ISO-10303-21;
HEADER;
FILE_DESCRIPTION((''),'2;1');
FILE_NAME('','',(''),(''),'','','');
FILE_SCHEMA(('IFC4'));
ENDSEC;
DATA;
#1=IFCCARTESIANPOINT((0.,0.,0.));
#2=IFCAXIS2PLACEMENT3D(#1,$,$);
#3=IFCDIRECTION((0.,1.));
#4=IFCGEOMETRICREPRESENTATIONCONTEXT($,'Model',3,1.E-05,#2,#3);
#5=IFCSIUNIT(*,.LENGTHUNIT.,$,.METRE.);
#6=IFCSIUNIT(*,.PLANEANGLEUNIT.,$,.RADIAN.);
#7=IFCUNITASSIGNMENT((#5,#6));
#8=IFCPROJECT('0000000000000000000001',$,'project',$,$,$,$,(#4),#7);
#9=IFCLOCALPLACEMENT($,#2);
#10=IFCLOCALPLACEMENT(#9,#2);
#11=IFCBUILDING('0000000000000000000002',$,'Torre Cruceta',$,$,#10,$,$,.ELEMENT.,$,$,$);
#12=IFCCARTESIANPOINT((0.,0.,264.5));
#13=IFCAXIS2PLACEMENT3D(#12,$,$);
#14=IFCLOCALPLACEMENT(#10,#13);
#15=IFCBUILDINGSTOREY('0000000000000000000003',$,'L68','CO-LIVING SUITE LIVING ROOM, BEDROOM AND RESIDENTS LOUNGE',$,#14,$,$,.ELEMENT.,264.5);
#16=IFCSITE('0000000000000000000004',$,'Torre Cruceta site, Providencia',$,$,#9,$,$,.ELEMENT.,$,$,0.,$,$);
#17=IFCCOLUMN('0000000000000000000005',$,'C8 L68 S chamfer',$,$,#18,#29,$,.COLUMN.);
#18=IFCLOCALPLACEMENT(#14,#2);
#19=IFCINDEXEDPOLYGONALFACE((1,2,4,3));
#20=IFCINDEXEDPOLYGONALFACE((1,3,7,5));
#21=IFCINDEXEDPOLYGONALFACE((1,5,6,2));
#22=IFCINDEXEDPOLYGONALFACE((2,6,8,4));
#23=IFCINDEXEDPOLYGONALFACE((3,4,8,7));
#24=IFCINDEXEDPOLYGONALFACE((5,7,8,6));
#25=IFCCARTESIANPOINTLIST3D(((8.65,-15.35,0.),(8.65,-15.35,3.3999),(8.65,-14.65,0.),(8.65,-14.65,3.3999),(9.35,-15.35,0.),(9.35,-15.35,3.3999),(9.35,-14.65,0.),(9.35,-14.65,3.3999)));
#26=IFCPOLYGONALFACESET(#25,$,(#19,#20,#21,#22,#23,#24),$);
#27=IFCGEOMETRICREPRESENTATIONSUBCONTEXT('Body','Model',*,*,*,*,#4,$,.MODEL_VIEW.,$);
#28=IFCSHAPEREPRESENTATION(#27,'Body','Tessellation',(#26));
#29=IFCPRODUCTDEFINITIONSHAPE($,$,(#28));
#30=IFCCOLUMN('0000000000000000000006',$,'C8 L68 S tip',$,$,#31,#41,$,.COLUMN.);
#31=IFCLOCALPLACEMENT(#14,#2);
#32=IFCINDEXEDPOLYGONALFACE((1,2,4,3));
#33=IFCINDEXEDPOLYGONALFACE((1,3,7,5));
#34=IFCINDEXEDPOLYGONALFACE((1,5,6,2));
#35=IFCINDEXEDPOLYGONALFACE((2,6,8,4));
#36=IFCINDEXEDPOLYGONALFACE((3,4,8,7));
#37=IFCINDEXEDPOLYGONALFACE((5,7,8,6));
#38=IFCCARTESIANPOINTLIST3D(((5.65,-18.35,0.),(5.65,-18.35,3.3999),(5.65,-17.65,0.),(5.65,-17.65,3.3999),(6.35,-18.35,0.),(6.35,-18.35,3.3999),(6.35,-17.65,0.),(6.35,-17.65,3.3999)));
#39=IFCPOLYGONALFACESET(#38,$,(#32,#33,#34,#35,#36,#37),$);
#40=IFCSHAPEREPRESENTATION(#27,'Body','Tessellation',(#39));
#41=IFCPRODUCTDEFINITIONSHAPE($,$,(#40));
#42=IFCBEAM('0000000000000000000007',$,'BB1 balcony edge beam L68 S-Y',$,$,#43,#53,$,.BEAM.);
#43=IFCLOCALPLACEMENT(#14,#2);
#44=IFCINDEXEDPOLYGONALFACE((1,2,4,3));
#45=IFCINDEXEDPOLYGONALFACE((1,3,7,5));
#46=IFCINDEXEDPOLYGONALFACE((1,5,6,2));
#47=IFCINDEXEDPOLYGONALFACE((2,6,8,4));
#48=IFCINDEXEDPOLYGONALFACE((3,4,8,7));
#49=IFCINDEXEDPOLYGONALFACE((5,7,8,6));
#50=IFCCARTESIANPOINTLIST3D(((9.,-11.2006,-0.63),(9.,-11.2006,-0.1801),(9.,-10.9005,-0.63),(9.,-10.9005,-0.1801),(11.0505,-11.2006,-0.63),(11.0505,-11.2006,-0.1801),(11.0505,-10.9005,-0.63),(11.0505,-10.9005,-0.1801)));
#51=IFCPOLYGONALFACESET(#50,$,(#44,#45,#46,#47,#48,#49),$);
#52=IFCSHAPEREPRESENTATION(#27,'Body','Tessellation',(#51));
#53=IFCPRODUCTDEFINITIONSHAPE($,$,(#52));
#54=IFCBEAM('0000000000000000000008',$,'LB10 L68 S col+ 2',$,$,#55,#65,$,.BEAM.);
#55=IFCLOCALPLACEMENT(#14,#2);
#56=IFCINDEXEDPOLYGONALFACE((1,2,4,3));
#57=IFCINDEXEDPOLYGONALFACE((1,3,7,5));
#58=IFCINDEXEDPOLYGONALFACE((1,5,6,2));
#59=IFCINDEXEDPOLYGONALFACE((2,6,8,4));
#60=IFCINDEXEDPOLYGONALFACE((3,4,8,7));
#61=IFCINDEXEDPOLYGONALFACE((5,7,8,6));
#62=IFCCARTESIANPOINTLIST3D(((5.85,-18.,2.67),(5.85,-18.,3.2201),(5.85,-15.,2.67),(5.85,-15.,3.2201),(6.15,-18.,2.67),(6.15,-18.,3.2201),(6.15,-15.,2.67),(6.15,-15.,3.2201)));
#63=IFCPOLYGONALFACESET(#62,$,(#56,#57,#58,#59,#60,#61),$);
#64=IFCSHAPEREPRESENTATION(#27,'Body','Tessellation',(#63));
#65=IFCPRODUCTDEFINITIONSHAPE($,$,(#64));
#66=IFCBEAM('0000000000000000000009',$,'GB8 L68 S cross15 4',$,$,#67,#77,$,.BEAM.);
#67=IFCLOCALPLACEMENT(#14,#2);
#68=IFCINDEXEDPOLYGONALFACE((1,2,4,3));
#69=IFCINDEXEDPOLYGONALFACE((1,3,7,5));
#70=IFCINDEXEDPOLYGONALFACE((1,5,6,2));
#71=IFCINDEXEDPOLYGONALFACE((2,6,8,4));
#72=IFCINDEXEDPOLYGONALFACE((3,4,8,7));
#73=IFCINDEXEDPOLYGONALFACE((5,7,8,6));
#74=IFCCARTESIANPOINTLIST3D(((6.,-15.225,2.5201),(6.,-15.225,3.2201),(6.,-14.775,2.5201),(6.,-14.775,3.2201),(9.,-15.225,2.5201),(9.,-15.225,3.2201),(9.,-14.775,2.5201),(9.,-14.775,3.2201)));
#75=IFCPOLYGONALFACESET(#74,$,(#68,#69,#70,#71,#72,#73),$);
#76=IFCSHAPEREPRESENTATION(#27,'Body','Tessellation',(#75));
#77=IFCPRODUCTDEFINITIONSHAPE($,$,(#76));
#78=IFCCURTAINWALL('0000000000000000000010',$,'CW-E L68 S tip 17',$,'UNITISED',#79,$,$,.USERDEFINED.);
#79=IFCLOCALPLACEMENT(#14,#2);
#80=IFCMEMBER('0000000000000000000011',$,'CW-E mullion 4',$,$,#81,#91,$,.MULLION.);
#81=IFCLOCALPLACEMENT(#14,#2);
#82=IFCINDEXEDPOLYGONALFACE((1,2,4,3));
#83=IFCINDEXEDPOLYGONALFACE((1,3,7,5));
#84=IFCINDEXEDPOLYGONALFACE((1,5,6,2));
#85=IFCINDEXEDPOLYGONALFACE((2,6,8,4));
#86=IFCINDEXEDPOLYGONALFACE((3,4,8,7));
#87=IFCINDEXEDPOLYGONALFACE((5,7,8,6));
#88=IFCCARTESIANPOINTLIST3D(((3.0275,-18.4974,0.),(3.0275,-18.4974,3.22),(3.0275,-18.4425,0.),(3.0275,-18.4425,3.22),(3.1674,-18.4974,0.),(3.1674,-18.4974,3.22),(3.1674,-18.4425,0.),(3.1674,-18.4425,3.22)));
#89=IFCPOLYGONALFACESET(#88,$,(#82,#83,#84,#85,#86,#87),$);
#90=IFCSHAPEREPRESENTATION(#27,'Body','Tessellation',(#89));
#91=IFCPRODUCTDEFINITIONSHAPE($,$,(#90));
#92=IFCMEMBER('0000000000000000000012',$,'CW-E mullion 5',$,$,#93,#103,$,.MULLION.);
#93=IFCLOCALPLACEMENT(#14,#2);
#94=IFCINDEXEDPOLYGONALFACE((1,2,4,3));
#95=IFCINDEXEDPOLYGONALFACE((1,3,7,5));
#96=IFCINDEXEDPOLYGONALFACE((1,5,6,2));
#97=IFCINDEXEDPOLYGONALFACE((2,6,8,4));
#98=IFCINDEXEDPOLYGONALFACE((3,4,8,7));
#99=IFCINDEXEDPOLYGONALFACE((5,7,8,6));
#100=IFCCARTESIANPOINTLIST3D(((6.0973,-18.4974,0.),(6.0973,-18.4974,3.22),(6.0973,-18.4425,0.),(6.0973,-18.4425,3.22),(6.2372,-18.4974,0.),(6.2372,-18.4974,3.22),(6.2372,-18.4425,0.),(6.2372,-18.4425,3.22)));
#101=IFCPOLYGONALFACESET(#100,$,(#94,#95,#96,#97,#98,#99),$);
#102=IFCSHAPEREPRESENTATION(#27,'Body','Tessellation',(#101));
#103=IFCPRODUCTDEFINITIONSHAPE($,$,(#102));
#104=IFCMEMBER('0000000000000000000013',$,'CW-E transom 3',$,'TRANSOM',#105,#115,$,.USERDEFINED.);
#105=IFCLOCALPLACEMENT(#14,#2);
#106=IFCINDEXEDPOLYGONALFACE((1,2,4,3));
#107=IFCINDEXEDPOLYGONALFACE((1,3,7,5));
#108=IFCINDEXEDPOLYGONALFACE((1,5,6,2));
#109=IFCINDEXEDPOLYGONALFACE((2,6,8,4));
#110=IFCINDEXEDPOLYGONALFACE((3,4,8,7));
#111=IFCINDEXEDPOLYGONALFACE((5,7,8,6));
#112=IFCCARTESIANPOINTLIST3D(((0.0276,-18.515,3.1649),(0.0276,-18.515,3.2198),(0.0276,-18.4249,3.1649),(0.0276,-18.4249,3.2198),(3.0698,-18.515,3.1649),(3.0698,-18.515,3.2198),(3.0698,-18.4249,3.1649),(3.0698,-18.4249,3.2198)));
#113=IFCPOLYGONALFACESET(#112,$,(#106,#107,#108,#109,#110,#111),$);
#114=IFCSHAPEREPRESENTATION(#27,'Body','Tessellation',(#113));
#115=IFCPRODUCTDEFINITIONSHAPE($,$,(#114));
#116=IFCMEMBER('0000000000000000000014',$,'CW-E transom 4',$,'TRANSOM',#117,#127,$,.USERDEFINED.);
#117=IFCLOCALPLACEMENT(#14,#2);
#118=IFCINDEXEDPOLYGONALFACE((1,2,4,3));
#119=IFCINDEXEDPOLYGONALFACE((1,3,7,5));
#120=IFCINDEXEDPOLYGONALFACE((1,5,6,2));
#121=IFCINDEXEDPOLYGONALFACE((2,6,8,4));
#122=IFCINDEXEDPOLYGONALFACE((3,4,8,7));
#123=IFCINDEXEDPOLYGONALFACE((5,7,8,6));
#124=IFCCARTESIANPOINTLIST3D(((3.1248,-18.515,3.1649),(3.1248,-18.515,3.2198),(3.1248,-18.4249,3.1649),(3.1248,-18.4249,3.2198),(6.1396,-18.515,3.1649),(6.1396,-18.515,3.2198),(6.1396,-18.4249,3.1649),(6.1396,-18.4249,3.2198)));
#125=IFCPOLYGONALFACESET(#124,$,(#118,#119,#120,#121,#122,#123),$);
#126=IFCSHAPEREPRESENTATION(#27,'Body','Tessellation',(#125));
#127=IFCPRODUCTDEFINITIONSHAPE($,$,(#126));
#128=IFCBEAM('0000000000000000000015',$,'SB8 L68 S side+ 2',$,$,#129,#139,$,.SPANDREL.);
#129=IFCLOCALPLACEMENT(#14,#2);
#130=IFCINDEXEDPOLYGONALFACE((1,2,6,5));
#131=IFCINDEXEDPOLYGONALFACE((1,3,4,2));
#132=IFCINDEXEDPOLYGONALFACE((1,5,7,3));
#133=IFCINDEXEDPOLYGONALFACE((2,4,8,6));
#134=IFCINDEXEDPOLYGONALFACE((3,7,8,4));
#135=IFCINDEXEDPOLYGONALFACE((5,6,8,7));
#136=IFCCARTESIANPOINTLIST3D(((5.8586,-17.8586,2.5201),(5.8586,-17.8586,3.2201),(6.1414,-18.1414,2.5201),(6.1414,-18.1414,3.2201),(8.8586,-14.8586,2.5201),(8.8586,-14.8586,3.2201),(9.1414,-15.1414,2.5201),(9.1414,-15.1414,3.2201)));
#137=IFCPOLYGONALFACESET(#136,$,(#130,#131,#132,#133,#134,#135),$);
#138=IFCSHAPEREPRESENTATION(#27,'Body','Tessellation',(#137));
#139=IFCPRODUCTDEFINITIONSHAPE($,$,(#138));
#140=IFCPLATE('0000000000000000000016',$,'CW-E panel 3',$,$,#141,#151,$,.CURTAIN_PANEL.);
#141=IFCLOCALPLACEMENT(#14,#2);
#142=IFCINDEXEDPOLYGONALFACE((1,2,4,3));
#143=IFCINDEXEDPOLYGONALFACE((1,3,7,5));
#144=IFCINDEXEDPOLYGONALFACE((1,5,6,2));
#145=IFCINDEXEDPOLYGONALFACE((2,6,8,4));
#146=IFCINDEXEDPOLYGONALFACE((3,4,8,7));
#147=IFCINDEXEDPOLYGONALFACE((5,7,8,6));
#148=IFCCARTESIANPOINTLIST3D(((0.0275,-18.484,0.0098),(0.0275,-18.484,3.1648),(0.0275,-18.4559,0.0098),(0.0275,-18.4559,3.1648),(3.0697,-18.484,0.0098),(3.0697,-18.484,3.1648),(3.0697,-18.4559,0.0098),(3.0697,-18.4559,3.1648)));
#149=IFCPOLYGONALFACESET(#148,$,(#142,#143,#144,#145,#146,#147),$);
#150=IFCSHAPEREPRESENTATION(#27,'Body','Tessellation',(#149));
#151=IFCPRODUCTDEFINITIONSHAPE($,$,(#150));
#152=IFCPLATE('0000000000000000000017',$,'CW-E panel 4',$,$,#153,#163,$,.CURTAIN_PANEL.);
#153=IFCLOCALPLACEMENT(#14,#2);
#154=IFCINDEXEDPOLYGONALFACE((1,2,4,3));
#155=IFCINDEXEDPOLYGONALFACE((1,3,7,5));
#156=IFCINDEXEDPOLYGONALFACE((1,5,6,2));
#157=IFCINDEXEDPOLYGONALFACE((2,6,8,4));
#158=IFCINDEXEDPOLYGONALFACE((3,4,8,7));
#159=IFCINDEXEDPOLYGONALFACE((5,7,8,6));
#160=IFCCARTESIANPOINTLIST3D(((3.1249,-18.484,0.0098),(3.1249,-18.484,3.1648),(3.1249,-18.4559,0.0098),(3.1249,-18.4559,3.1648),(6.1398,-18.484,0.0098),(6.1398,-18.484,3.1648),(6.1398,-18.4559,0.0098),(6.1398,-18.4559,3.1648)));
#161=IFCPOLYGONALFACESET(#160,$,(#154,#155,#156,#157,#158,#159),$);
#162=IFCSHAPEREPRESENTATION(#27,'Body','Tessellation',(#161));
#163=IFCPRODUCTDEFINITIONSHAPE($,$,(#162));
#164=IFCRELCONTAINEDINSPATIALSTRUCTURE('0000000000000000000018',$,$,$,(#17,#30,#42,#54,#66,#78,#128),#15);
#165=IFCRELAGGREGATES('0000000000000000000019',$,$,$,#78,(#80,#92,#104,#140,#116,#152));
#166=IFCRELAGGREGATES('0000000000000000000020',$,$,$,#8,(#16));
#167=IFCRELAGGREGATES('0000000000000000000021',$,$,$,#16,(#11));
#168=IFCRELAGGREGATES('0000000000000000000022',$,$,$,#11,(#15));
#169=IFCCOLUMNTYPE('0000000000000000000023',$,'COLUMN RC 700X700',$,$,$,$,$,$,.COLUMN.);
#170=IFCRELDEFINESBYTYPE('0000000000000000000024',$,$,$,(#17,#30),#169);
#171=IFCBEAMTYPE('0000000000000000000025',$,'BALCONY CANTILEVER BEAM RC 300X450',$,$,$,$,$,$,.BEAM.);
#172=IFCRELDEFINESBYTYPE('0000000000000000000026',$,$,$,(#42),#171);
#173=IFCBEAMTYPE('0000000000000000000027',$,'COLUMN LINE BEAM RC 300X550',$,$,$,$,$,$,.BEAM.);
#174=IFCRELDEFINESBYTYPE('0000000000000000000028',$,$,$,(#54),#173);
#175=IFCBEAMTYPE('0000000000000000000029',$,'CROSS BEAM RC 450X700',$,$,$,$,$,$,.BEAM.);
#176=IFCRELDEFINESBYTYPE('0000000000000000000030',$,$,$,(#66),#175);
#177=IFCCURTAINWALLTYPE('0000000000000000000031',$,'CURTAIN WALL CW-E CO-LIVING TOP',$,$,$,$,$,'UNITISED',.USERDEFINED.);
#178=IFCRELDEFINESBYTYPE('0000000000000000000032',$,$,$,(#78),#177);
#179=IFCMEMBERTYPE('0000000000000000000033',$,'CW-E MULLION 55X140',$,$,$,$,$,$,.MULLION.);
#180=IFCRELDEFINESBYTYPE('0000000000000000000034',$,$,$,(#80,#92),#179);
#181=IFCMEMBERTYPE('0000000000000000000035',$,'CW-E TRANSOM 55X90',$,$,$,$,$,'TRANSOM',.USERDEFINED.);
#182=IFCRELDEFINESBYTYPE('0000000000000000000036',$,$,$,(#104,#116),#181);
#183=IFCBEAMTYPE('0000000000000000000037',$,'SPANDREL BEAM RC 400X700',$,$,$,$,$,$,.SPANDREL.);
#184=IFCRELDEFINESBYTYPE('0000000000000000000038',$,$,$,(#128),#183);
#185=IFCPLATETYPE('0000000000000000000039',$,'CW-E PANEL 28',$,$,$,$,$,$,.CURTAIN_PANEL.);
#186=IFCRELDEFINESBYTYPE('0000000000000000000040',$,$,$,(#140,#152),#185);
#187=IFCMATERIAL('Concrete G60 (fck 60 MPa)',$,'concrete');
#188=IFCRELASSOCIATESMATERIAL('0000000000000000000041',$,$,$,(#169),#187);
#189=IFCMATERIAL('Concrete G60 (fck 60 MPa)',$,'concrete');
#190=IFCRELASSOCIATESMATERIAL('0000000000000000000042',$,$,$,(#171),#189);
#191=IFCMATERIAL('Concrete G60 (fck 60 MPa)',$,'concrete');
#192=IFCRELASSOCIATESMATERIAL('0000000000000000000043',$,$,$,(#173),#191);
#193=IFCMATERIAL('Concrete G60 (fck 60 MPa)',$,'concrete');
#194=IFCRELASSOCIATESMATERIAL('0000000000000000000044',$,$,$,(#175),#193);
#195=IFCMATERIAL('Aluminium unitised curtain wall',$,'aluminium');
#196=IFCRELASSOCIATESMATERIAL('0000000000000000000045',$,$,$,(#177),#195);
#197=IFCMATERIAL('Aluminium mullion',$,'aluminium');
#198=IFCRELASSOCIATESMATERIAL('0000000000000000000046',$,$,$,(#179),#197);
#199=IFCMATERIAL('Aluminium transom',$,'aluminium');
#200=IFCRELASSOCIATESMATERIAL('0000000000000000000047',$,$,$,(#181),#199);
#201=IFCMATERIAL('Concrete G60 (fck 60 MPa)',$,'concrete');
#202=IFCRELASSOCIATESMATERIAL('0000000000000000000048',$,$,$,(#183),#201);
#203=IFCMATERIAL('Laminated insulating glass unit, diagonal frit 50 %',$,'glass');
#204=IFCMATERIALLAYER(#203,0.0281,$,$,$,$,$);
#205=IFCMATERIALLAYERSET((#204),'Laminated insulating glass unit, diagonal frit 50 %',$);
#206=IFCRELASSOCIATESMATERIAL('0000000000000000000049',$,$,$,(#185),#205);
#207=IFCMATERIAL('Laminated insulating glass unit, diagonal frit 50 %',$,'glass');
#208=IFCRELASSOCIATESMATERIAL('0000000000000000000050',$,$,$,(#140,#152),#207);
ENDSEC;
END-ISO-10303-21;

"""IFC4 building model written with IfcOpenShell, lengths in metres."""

from ifc_helpers import new_model, si_unit, direction, frame, origin, origin_2d, place, context, subcontext, project, spatial, rectangle, extrude, material, layer, layer_set, material_profile, profile_set, type_object, element, aggregate, save


model = new_model("IFC4")

# Units and contexts
model_context = context("Model", 3, precision=1e-05, world=origin(), true_north=direction((0.0, 1.0)))
body_context = subcontext(model_context, "Body", "Model", "MODEL_VIEW")
ifc_project = project(units=[si_unit("LENGTHUNIT", "METRE"), si_unit("PLANEANGLEUNIT", "RADIAN")], contexts=[model_context])

# Site, building, storey
site_placement = place(None, origin())
site = spatial("IfcSite", under=ifc_project, at=site_placement, Name="Torre Cruceta site, Providencia", CompositionType="ELEMENT", RefElevation=0.0)
building_placement = place(site_placement, origin())
building = spatial("IfcBuilding", under=site, at=building_placement, Name="Torre Cruceta", CompositionType="ELEMENT")
storey_placement = place(building_placement, frame((0.0, 0.0, 264.5)))
storey = spatial("IfcBuildingStorey", under=building, at=storey_placement, Name="L68", Description="CO-LIVING SUITE LIVING ROOM, BEDROOM AND RESIDENTS LOUNGE", CompositionType="ELEMENT", Elevation=264.5)

# Columns
ifc_material_1 = material(Name="Concrete G60 (fck 60 MPa)", Category="concrete")
ifc_material_profile_1 = material_profile(ifc_material_1, rectangle(XDim=0.7, YDim=0.7, at=origin_2d()), Name="RC 700X700")
ifc_profile_set_1 = profile_set([ifc_material_profile_1], Name="Concrete G60 (fck 60 MPa)")
column_type = type_object("IfcColumnType", Name="COLUMN RC 700X700", PredefinedType="COLUMN", material=ifc_profile_set_1)
for number, where, z_axis, x_axis, name in (
    (1, (9.0, -15.0, 0.0), (0.0, 0.0, 1.0), (1.0, 0.0, 0.0), "C8 L68 S chamfer"),
    (2, (6.0, -18.0, 0.0), (0.0, 0.0, 1.0), (1.0, 0.0, 0.0), "C8 L68 S tip"),
):
    element("IfcColumn", number, at=place(storey_placement, frame(where, z_axis=z_axis, x_axis=x_axis)), inside=storey, type_object=column_type, Name=name, PredefinedType="COLUMN", context=body_context, shape_type="SweptSolid", body=[
        extrude(rectangle(XDim=0.7, YDim=0.7, at=origin_2d()), origin(), (0.0, 0.0, 1.0), 3.3999),
    ])

# Beams
ifc_material_2 = material(Name="Concrete G60 (fck 60 MPa)", Category="concrete")
ifc_material_profile_2 = material_profile(ifc_material_2, rectangle(XDim=0.3, YDim=0.45, at=origin_2d()), Name="RC 300X450")
ifc_profile_set_2 = profile_set([ifc_material_profile_2], Name="Concrete G60 (fck 60 MPa)")
beam_type_1 = type_object("IfcBeamType", Name="BALCONY CANTILEVER BEAM RC 300X450", PredefinedType="BEAM", material=ifc_profile_set_2)
beam_1_placement = place(storey_placement, frame((9.0, -11.0505, -0.405), z_axis=(1.0, 0.0, 0.0), x_axis=(0.0, 1.0, 0.0)))
element("IfcBeam", 3, at=beam_1_placement, inside=storey, type_object=beam_type_1, Name="BB1 balcony edge beam L68 S-Y", PredefinedType="BEAM", context=body_context, shape_type="SweptSolid", body=[
    extrude(rectangle(XDim=0.3, YDim=0.45, at=origin_2d()), origin(), (0.0, 0.0, 1.0), 2.0505),
])
ifc_material_3 = material(Name="Concrete G60 (fck 60 MPa)", Category="concrete")
ifc_material_profile_3 = material_profile(ifc_material_3, rectangle(XDim=0.3, YDim=0.55, at=origin_2d()), Name="RC 300X550")
ifc_profile_set_3 = profile_set([ifc_material_profile_3], Name="Concrete G60 (fck 60 MPa)")
beam_type_2 = type_object("IfcBeamType", Name="COLUMN LINE BEAM RC 300X550", PredefinedType="BEAM", material=ifc_profile_set_3)
beam_2_placement = place(storey_placement, frame((6.0, -15.0, 2.9451), z_axis=(0.0, -1.0, 0.0), x_axis=(1.0, 0.0, 0.0)))
element("IfcBeam", 4, at=beam_2_placement, inside=storey, type_object=beam_type_2, Name="LB10 L68 S col+ 2", PredefinedType="BEAM", context=body_context, shape_type="SweptSolid", body=[
    extrude(rectangle(XDim=0.3, YDim=0.55, at=origin_2d()), origin(), (0.0, 0.0, 1.0), 3.0),
])
ifc_material_4 = material(Name="Concrete G60 (fck 60 MPa)", Category="concrete")
ifc_material_profile_4 = material_profile(ifc_material_4, rectangle(XDim=0.45, YDim=0.7, at=origin_2d()), Name="RC 450X700")
ifc_profile_set_4 = profile_set([ifc_material_profile_4], Name="Concrete G60 (fck 60 MPa)")
beam_type_3 = type_object("IfcBeamType", Name="CROSS BEAM RC 450X700", PredefinedType="BEAM", material=ifc_profile_set_4)
beam_3_placement = place(storey_placement, frame((6.0, -15.0, 2.8701), z_axis=(1.0, 0.0, 0.0), x_axis=(0.0, 1.0, 0.0)))
element("IfcBeam", 5, at=beam_3_placement, inside=storey, type_object=beam_type_3, Name="GB8 L68 S cross15 4", PredefinedType="BEAM", context=body_context, shape_type="SweptSolid", body=[
    extrude(rectangle(XDim=0.45, YDim=0.7, at=origin_2d()), origin(), (0.0, 0.0, 1.0), 3.0),
])

# Curtain wall, members
ifc_material_5 = material(Name="Aluminium unitised curtain wall", Category="aluminium")
curtain_wall_type = type_object("IfcCurtainWallType", Name="CURTAIN WALL CW-E CO-LIVING TOP", ElementType="UNITISED", PredefinedType="USERDEFINED", material=ifc_material_5)
curtain_wall_placement = place(storey_placement, origin())
curtain_wall = element("IfcCurtainWall", 6, at=curtain_wall_placement, inside=storey, type_object=curtain_wall_type, Name="CW-E L68 S tip 17", ObjectType="UNITISED", PredefinedType="USERDEFINED")
ifc_material_6 = material(Name="Aluminium mullion", Category="aluminium")
ifc_material_profile_5 = material_profile(ifc_material_6, rectangle(XDim=0.0549, YDim=0.1399, at=origin_2d()), Name="AL 55X140")
ifc_profile_set_5 = profile_set([ifc_material_profile_5], Name="Aluminium mullion")
member_type_1 = type_object("IfcMemberType", Name="CW-E MULLION 55X140", PredefinedType="MULLION", material=ifc_profile_set_5)
member_1_placement = place(storey_placement, frame((3.0974, -18.47, 0.0), z_axis=(0.0, 0.0, 1.0), x_axis=(0.0, 1.0, 0.0)))
member_1 = element("IfcMember", 7, at=member_1_placement, type_object=member_type_1, Name="CW-E mullion 4", PredefinedType="MULLION", context=body_context, shape_type="SweptSolid", body=[
    extrude(rectangle(XDim=0.0549, YDim=0.1399, at=origin_2d()), origin(), (0.0, 0.0, 1.0), 3.22),
])
member_2_placement = place(storey_placement, frame((6.1672, -18.47, 0.0), z_axis=(0.0, 0.0, 1.0), x_axis=(0.0, 1.0, 0.0)))
member_2 = element("IfcMember", 8, at=member_2_placement, type_object=member_type_1, Name="CW-E mullion 5", PredefinedType="MULLION", context=body_context, shape_type="SweptSolid", body=[
    extrude(rectangle(XDim=0.0549, YDim=0.1399, at=origin_2d()), origin(), (0.0, 0.0, 1.0), 3.22),
])
ifc_material_7 = material(Name="Aluminium transom", Category="aluminium")
ifc_material_profile_6 = material_profile(ifc_material_7, rectangle(XDim=0.0901, YDim=0.0549, at=origin_2d()), Name="AL 90X55")
ifc_profile_set_6 = profile_set([ifc_material_profile_6], Name="Aluminium transom")
member_type_2 = type_object("IfcMemberType", Name="CW-E TRANSOM 55X90", ElementType="TRANSOM", PredefinedType="USERDEFINED", material=ifc_profile_set_6)
member_3_placement = place(storey_placement, frame((0.0276, -18.47, 3.1924), z_axis=(1.0, 0.0, 0.0), x_axis=(0.0, 1.0, 0.0)))
member_3 = element("IfcMember", 9, at=member_3_placement, type_object=member_type_2, Name="CW-E transom 3", ObjectType="TRANSOM", PredefinedType="USERDEFINED", context=body_context, shape_type="SweptSolid", body=[
    extrude(rectangle(XDim=0.0901, YDim=0.0549, at=origin_2d()), origin(), (0.0, 0.0, 1.0), 3.0422),
])
member_4_placement = place(storey_placement, frame((3.1248, -18.47, 3.1924), z_axis=(1.0, 0.0, 0.0), x_axis=(0.0, 1.0, 0.0)))
member_4 = element("IfcMember", 10, at=member_4_placement, type_object=member_type_2, Name="CW-E transom 4", ObjectType="TRANSOM", PredefinedType="USERDEFINED", context=body_context, shape_type="SweptSolid", body=[
    extrude(rectangle(XDim=0.0901, YDim=0.0549, at=origin_2d()), origin(), (0.0, 0.0, 1.0), 3.0149),
])

# Beam
ifc_material_8 = material(Name="Concrete G60 (fck 60 MPa)", Category="concrete")
ifc_material_profile_7 = material_profile(ifc_material_8, rectangle(XDim=0.3999, YDim=0.7, at=origin_2d()), Name="RC 400X700")
ifc_profile_set_7 = profile_set([ifc_material_profile_7], Name="Concrete G60 (fck 60 MPa)")
beam_type_4 = type_object("IfcBeamType", Name="SPANDREL BEAM RC 400X700", PredefinedType="SPANDREL", material=ifc_profile_set_7)
beam_4_placement = place(storey_placement, frame((9.0, -15.0, 2.8701), z_axis=(-0.707107, -0.707107, 0.0), x_axis=(0.707107, -0.707107, 0.0)))
element("IfcBeam", 11, at=beam_4_placement, inside=storey, type_object=beam_type_4, Name="SB8 L68 S side+ 2", PredefinedType="SPANDREL", context=body_context, shape_type="SweptSolid", body=[
    extrude(rectangle(XDim=0.3999, YDim=0.7, at=origin_2d()), origin(), (0.0, 0.0, 1.0), 4.2427),
])

# Plates
ifc_material_9 = material(Name="Laminated insulating glass unit, diagonal frit 50 %", Category="glass")
ifc_material_10 = material(Name="Laminated insulating glass unit, diagonal frit 50 %", Category="glass")
ifc_layer_1 = layer(ifc_material_10, 0.0281)
ifc_layer_set_1 = layer_set([ifc_layer_1], Name="Laminated insulating glass unit, diagonal frit 50 %")
plate_type = type_object("IfcPlateType", Name="CW-E PANEL 28", PredefinedType="CURTAIN_PANEL", material=ifc_layer_set_1)
plate_1_placement = place(storey_placement, frame((1.5486, -18.47, 0.0098), z_axis=(0.0, 0.0, 1.0), x_axis=(1.0, 0.0, 0.0)))
plate_1 = element("IfcPlate", 12, at=plate_1_placement, type_object=plate_type, material=ifc_material_9, Name="CW-E panel 3", PredefinedType="CURTAIN_PANEL", context=body_context, shape_type="SweptSolid", body=[
    extrude(rectangle(XDim=3.0422, YDim=0.0281, at=origin_2d()), origin(), (0.0, 0.0, 1.0), 3.155),
])
plate_2_placement = place(storey_placement, frame((4.6323, -18.47, 0.0098), z_axis=(0.0, 0.0, 1.0), x_axis=(1.0, 0.0, 0.0)))
plate_2 = element("IfcPlate", 13, at=plate_2_placement, type_object=plate_type, material=ifc_material_9, Name="CW-E panel 4", PredefinedType="CURTAIN_PANEL", context=body_context, shape_type="SweptSolid", body=[
    extrude(rectangle(XDim=3.0149, YDim=0.0281, at=origin_2d()), origin(), (0.0, 0.0, 1.0), 3.155),
])
aggregate(curtain_wall, [member_1, member_2, member_3, plate_1, member_4, plate_2])

save(model, "model.ifc")
